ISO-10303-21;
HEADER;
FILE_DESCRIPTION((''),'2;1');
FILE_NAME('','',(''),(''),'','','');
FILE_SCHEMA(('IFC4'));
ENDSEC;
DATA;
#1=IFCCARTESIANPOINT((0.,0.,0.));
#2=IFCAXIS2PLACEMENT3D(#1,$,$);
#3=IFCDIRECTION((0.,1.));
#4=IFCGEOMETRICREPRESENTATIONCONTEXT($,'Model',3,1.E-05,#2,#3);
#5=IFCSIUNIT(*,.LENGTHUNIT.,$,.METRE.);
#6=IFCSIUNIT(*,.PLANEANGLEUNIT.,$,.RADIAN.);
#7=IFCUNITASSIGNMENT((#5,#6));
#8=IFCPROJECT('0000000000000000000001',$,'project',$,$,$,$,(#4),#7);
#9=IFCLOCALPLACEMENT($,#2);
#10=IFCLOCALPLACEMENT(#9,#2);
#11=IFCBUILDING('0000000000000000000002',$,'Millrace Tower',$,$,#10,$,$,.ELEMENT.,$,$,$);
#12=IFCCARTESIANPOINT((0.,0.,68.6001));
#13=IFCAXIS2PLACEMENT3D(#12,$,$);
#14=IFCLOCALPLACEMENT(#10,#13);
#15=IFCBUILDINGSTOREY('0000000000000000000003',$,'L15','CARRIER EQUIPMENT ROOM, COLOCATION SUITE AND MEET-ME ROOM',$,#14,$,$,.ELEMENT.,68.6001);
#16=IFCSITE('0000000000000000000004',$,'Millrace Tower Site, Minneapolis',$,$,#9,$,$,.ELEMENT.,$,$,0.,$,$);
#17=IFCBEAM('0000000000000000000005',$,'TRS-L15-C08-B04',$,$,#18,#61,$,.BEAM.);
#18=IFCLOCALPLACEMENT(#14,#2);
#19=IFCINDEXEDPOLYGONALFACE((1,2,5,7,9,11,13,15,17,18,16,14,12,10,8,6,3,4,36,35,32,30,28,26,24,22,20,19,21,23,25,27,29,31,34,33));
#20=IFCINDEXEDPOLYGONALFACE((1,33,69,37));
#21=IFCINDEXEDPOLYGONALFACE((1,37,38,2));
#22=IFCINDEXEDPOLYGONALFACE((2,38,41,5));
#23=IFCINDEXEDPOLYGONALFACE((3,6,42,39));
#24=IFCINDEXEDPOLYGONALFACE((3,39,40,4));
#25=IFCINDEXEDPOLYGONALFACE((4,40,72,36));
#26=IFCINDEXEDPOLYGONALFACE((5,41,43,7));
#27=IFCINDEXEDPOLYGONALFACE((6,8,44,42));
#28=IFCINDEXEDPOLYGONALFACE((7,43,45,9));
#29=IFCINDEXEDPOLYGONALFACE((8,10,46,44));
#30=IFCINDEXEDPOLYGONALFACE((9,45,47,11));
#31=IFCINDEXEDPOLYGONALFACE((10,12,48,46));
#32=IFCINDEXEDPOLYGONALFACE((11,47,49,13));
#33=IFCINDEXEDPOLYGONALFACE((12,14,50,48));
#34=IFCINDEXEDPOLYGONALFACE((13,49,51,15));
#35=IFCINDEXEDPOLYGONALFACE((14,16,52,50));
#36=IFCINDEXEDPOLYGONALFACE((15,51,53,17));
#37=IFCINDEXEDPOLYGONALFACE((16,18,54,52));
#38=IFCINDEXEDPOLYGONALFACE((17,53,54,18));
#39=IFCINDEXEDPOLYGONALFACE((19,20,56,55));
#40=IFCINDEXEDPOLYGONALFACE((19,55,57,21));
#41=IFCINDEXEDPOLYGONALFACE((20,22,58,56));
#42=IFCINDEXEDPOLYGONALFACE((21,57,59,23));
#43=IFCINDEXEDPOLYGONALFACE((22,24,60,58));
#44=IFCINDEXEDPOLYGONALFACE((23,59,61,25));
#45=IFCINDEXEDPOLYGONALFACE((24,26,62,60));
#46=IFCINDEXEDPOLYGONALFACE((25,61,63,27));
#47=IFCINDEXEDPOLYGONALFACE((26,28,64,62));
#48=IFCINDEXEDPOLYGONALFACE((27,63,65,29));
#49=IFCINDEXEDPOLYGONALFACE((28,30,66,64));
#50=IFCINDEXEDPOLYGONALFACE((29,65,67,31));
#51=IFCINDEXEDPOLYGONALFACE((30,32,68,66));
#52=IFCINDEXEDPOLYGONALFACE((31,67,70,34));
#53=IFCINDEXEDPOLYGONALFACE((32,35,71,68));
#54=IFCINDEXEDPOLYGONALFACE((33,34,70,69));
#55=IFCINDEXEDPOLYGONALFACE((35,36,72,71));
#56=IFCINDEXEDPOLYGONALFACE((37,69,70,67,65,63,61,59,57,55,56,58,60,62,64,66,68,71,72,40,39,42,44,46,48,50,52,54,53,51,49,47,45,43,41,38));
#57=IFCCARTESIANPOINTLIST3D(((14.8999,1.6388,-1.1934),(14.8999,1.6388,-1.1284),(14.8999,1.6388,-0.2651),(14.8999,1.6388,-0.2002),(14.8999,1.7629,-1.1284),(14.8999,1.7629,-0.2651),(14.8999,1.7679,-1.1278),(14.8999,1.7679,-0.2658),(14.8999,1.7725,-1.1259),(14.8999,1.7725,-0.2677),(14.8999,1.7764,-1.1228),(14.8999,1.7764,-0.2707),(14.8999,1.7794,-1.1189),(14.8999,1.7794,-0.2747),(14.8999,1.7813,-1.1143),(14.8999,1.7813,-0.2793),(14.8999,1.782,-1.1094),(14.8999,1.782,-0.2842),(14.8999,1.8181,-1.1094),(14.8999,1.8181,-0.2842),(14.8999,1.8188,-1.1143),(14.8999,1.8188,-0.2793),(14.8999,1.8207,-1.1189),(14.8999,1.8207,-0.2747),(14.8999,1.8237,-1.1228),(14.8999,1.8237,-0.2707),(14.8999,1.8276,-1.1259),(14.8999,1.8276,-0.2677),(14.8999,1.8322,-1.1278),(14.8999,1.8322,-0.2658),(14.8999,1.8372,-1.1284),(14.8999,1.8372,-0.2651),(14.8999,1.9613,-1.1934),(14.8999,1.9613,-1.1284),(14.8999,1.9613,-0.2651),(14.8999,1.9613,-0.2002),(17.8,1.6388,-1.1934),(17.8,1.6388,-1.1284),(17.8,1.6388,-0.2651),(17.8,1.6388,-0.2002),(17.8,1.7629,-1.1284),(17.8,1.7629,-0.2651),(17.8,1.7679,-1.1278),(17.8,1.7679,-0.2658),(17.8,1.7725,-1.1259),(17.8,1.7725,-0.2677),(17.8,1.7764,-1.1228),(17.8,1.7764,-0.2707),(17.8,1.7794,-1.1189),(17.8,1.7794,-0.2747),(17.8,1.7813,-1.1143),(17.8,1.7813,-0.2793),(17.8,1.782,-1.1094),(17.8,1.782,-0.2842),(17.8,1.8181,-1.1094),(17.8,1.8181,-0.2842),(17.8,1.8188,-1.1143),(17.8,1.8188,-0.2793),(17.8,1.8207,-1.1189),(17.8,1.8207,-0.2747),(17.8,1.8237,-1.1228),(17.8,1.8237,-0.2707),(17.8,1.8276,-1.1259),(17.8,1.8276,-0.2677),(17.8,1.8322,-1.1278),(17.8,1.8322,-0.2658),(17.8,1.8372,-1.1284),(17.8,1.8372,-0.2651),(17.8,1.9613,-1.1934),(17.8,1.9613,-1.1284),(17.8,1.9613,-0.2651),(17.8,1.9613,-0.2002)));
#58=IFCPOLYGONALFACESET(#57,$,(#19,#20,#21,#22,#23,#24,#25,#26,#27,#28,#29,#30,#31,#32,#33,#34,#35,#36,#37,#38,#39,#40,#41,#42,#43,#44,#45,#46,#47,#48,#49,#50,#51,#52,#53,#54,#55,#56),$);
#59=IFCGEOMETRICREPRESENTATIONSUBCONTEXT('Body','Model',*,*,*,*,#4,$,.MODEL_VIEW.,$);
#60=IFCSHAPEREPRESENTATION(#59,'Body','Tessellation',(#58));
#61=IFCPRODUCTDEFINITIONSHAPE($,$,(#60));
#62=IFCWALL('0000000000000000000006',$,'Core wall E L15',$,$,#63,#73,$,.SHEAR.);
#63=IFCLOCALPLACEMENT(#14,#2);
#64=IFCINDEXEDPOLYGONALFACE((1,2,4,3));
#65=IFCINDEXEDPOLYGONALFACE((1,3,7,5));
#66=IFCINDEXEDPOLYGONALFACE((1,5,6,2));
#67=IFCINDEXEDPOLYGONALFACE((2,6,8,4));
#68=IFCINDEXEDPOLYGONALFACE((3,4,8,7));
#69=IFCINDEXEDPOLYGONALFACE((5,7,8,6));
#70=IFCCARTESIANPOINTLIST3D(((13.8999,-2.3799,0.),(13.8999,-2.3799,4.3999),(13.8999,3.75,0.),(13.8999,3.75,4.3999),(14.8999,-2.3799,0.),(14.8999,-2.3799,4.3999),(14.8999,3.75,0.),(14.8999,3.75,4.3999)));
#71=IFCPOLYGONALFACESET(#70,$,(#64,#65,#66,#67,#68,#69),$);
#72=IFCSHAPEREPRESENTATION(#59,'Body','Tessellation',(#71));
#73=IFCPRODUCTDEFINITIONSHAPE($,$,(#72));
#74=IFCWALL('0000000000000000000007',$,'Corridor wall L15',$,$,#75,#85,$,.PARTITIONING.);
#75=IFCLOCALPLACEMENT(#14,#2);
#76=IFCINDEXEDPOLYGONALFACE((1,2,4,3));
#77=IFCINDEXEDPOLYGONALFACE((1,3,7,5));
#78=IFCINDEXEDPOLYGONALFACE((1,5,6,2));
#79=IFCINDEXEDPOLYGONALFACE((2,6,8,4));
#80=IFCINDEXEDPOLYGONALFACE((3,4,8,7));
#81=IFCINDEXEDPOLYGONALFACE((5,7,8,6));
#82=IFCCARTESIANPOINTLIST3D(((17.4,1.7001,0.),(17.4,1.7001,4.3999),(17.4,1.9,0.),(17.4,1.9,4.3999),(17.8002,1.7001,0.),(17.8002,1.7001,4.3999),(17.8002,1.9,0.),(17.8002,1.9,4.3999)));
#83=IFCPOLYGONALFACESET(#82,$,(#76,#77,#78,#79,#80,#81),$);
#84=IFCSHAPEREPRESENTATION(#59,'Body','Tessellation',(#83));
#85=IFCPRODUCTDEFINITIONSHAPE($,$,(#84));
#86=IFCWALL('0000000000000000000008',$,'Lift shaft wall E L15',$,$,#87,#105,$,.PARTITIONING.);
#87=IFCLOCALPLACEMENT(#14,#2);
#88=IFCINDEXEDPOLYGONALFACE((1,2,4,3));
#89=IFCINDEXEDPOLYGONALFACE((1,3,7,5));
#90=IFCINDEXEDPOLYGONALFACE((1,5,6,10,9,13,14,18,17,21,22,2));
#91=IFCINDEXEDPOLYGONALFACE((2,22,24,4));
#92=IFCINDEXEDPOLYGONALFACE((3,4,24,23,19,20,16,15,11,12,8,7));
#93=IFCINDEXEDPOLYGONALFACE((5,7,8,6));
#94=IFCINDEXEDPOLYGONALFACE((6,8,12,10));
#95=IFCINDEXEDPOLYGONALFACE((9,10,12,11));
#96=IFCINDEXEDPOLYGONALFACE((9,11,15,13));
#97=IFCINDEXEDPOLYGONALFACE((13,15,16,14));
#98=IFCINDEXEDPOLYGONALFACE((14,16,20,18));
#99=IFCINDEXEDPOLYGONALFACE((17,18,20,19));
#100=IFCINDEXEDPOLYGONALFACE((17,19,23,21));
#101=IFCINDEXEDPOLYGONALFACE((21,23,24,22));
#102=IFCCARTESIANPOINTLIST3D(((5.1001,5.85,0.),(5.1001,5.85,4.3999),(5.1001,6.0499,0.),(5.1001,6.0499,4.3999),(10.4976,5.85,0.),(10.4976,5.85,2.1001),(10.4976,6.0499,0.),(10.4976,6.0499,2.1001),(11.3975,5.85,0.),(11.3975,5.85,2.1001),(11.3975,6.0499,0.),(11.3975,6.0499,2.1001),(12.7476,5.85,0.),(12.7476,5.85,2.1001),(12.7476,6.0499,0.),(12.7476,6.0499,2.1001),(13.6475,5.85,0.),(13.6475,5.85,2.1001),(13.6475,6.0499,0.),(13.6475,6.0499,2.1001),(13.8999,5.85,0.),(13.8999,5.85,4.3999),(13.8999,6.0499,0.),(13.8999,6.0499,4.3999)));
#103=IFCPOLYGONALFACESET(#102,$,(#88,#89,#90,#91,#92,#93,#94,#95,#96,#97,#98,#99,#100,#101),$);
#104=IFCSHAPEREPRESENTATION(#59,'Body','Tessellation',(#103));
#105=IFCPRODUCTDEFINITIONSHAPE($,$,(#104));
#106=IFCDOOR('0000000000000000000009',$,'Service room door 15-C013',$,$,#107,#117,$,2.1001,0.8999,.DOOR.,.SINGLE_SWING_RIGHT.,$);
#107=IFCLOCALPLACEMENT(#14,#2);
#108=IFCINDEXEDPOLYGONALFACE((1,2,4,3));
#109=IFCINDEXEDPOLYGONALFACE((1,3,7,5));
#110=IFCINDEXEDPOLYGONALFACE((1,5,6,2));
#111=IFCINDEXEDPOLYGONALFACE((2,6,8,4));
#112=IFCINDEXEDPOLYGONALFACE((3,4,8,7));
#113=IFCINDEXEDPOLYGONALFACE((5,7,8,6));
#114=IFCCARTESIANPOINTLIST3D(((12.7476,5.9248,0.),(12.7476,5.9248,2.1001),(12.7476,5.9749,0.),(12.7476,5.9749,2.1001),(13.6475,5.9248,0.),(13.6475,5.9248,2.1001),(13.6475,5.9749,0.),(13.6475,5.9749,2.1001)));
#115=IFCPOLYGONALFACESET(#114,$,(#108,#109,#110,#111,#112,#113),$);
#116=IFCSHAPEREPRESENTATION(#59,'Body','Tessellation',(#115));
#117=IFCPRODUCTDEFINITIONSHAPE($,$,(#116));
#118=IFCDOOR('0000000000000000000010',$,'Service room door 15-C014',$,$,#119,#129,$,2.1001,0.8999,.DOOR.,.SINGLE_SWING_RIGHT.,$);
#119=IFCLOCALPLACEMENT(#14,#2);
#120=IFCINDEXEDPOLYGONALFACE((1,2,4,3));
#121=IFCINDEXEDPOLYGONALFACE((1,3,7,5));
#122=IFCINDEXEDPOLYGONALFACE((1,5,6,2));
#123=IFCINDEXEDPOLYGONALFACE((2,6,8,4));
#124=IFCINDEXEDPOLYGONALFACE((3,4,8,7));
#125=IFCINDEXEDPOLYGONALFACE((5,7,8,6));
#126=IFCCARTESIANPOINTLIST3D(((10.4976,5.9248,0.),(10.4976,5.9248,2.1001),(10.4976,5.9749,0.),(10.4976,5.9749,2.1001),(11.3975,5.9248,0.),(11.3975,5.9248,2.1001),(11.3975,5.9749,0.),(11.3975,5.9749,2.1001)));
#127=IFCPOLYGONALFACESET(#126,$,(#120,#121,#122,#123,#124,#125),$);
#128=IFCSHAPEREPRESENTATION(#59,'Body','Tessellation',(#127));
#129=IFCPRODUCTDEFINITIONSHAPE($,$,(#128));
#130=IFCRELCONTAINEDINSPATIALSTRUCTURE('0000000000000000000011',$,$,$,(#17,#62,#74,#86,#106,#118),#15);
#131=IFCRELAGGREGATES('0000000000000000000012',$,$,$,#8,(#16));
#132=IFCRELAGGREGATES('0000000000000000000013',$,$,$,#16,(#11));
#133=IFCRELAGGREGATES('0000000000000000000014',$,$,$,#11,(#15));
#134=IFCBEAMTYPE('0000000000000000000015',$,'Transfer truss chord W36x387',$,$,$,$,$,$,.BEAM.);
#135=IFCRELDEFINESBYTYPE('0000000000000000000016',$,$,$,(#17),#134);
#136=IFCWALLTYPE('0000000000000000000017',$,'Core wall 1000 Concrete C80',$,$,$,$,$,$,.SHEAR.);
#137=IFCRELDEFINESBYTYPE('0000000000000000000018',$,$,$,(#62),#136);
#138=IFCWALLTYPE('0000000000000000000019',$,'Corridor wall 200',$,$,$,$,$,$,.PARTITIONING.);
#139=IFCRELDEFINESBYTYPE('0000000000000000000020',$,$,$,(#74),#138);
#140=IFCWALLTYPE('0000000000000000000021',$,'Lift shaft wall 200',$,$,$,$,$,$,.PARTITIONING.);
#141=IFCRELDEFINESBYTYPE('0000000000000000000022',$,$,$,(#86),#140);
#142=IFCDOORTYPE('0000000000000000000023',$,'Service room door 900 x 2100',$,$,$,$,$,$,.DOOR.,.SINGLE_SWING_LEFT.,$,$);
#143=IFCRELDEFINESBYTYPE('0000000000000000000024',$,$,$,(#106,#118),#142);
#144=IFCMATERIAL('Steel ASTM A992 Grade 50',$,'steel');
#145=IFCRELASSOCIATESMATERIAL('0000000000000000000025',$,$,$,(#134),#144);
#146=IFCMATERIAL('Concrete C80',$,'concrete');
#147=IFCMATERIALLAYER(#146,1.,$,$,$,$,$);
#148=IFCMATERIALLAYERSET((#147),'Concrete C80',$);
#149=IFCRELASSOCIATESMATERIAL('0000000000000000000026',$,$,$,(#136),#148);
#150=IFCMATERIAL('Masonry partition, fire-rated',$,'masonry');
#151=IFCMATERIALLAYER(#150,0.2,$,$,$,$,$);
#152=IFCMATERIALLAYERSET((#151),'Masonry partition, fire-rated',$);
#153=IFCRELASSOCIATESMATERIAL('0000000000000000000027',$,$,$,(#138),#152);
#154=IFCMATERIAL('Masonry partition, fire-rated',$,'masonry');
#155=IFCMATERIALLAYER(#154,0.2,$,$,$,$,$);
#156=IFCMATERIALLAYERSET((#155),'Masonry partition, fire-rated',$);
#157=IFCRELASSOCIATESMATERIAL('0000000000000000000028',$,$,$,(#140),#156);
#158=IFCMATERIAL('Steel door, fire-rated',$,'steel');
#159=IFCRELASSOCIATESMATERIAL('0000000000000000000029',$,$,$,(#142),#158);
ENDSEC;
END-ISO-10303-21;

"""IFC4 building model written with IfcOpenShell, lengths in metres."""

from ifc_helpers import new_model, si_unit, direction, frame, frame_2d, origin, origin_2d, place, context, subcontext, project, spatial, rectangle, i_section, extrude, material, layer, layer_set, material_profile, profile_set, type_object, element, fill, save


model = new_model("IFC4")

# Units and contexts
model_context = context("Model", 3, precision=1e-05, world=origin(), true_north=direction((0.0, 1.0)))
body_context = subcontext(model_context, "Body", "Model", "MODEL_VIEW")
ifc_project = project(units=[si_unit("LENGTHUNIT", "METRE"), si_unit("PLANEANGLEUNIT", "RADIAN")], contexts=[model_context])

# Site, building, storey
site_placement = place(None, origin())
site = spatial("IfcSite", under=ifc_project, at=site_placement, Name="Millrace Tower Site, Minneapolis", CompositionType="ELEMENT", RefElevation=0.0)
building_placement = place(site_placement, origin())
building = spatial("IfcBuilding", under=site, at=building_placement, Name="Millrace Tower", CompositionType="ELEMENT")
storey_placement = place(building_placement, frame((0.0, 0.0, 68.6001)))
storey = spatial("IfcBuildingStorey", under=building, at=storey_placement, Name="L15", Description="CARRIER EQUIPMENT ROOM, COLOCATION SUITE AND MEET-ME ROOM", CompositionType="ELEMENT", Elevation=68.6001)

# Beam
ifc_material_1 = material(Name="Steel ASTM A992 Grade 50", Category="steel")
ifc_material_profile_1 = material_profile(ifc_material_1, i_section(OverallWidth=0.3225, OverallDepth=0.9932, WebThickness=0.0361, FlangeThickness=0.0649, FilletRadius=0.019, at=origin_2d()))
ifc_profile_set_1 = profile_set([ifc_material_profile_1], Name="Steel ASTM A992 Grade 50")
beam_type_1 = type_object("IfcBeamType", Name="Transfer truss chord W36x387", PredefinedType="BEAM", material=ifc_profile_set_1)
beam_1_placement = place(storey_placement, frame((17.8, 1.8, -0.6968), z_axis=(-1.0, 0.0, 0.0), x_axis=(0.0, -1.0, 0.0)))
element("IfcBeam", 1, at=beam_1_placement, inside=storey, type_object=beam_type_1, Name="TRS-L15-C08-B04", PredefinedType="BEAM", context=body_context, shape_type="SweptSolid", body=[
    extrude(i_section(OverallWidth=0.3225, OverallDepth=0.9932, WebThickness=0.0361, FlangeThickness=0.0649, FilletRadius=0.019, at=origin_2d()), origin(), (0.0, 0.0, 1.0), 2.9001),
])

# Walls
ifc_material_2 = material(Name="Concrete C80", Category="concrete")
ifc_layer_1 = layer(ifc_material_2, 1.0)
ifc_layer_set_1 = layer_set([ifc_layer_1], Name="Concrete C80")
wall_type_1 = type_object("IfcWallType", Name="Core wall 1000 Concrete C80", PredefinedType="SHEAR", material=ifc_layer_set_1)
wall_1_placement = place(storey_placement, frame((14.3999, 3.75, 0.0), z_axis=(0.0, 0.0, 1.0), x_axis=(0.0, -1.0, 0.0)))
element("IfcWall", 2, at=wall_1_placement, inside=storey, type_object=wall_type_1, Name="Core wall E L15", PredefinedType="SHEAR", context=body_context, shape_type="SweptSolid", body=[
    extrude(rectangle(XDim=6.1299, YDim=1.0, at=frame_2d((3.0649, 0.0))), origin(), (0.0, 0.0, 1.0), 4.3999),
])
ifc_material_3 = material(Name="Masonry partition, fire-rated", Category="masonry")
ifc_layer_2 = layer(ifc_material_3, 0.2)
ifc_layer_set_2 = layer_set([ifc_layer_2], Name="Masonry partition, fire-rated")
wall_type_2 = type_object("IfcWallType", Name="Corridor wall 200", PredefinedType="PARTITIONING", material=ifc_layer_set_2)
wall_2_placement = place(storey_placement, frame((17.3999, 1.8, 0.0), z_axis=(0.0, 0.0, 1.0), x_axis=(1.0, 0.0, 0.0)))
element("IfcWall", 3, at=wall_2_placement, inside=storey, type_object=wall_type_2, Name="Corridor wall L15", PredefinedType="PARTITIONING", context=body_context, shape_type="SweptSolid", body=[
    extrude(rectangle(XDim=0.4001, YDim=0.2, at=frame_2d((0.2002, 0.0))), origin(), (0.0, 0.0, 1.0), 4.3999),
])

# Wall, openings, doors
ifc_material_4 = material(Name="Masonry partition, fire-rated", Category="masonry")
ifc_layer_3 = layer(ifc_material_4, 0.2)
ifc_layer_set_3 = layer_set([ifc_layer_3], Name="Masonry partition, fire-rated")
wall_type_3 = type_object("IfcWallType", Name="Lift shaft wall 200", PredefinedType="PARTITIONING", material=ifc_layer_set_3)
wall_3_placement = place(storey_placement, frame((13.8999, 5.95, 0.0), z_axis=(0.0, 0.0, 1.0), x_axis=(-1.0, 0.0, 0.0)))
wall_3 = element("IfcWall", 4, at=wall_3_placement, inside=storey, type_object=wall_type_3, Name="Lift shaft wall E L15", PredefinedType="PARTITIONING", context=body_context, shape_type="SweptSolid", body=[
    extrude(rectangle(XDim=8.7998, YDim=0.2, at=frame_2d((4.3999, 0.0))), origin(), (0.0, 0.0, 1.0), 4.3999),
])
opening_1_placement = place(wall_3_placement, frame((0.2524, 0.0, 0.0)))
opening_1 = element("IfcOpeningElement", 5, at=opening_1_placement, cuts=wall_3, PredefinedType="OPENING", context=body_context, shape_type="SweptSolid", body=[
    extrude(rectangle(XDim=0.8999, YDim=2.1001, at=frame_2d((0.45, 1.05))), frame((0.0, 0.1099, 0.0), z_axis=(0.0, -1.0, 0.0), x_axis=(1.0, 0.0, 0.0)), (0.0, 0.0, 1.0), 0.22),
])
opening_2_placement = place(wall_3_placement, frame((2.5024, 0.0, 0.0)))
opening_2 = element("IfcOpeningElement", 6, at=opening_2_placement, cuts=wall_3, PredefinedType="OPENING", context=body_context, shape_type="SweptSolid", body=[
    extrude(rectangle(XDim=0.8999, YDim=2.1001, at=frame_2d((0.45, 1.05))), frame((0.0, 0.1099, 0.0), z_axis=(0.0, -1.0, 0.0), x_axis=(1.0, 0.0, 0.0)), (0.0, 0.0, 1.0), 0.22),
])
ifc_material_5 = material(Name="Steel door, fire-rated", Category="steel")
door_type_1 = type_object("IfcDoorType", Name="Service room door 900 x 2100", OperationType="SINGLE_SWING_LEFT", PredefinedType="DOOR", material=ifc_material_5)
door_1_placement = place(opening_1_placement, frame((0.8999, 0.0, 0.0), z_axis=(0.0, 0.0, 1.0), x_axis=(-1.0, 0.0, 0.0)))
door_1 = element("IfcDoor", 7, at=door_1_placement, inside=storey, type_object=door_type_1, Name="Service room door 15-C013", OperationType="SINGLE_SWING_RIGHT", OverallHeight=2.1001, OverallWidth=0.8999, PredefinedType="DOOR", context=body_context, shape_type="SweptSolid", body=[
    extrude(rectangle(XDim=0.8999, YDim=2.1001, at=frame_2d((0.45, 1.05))), frame((0.0, 0.0249, 0.0), z_axis=(0.0, -1.0, 0.0), x_axis=(1.0, 0.0, 0.0)), (0.0, 0.0, 1.0), 0.05),
])
fill(opening_1, door_1)
door_2_placement = place(opening_2_placement, frame((0.8999, 0.0, 0.0), z_axis=(0.0, 0.0, 1.0), x_axis=(-1.0, 0.0, 0.0)))
door_2 = element("IfcDoor", 8, at=door_2_placement, inside=storey, type_object=door_type_1, Name="Service room door 15-C014", OperationType="SINGLE_SWING_RIGHT", OverallHeight=2.1001, OverallWidth=0.8999, PredefinedType="DOOR", context=body_context, shape_type="SweptSolid", body=[
    extrude(rectangle(XDim=0.8999, YDim=2.1001, at=frame_2d((0.45, 1.05))), frame((0.0, 0.0249, 0.0), z_axis=(0.0, -1.0, 0.0), x_axis=(1.0, 0.0, 0.0)), (0.0, 0.0, 1.0), 0.05),
])
fill(opening_2, door_2)

save(model, "model.ifc")
